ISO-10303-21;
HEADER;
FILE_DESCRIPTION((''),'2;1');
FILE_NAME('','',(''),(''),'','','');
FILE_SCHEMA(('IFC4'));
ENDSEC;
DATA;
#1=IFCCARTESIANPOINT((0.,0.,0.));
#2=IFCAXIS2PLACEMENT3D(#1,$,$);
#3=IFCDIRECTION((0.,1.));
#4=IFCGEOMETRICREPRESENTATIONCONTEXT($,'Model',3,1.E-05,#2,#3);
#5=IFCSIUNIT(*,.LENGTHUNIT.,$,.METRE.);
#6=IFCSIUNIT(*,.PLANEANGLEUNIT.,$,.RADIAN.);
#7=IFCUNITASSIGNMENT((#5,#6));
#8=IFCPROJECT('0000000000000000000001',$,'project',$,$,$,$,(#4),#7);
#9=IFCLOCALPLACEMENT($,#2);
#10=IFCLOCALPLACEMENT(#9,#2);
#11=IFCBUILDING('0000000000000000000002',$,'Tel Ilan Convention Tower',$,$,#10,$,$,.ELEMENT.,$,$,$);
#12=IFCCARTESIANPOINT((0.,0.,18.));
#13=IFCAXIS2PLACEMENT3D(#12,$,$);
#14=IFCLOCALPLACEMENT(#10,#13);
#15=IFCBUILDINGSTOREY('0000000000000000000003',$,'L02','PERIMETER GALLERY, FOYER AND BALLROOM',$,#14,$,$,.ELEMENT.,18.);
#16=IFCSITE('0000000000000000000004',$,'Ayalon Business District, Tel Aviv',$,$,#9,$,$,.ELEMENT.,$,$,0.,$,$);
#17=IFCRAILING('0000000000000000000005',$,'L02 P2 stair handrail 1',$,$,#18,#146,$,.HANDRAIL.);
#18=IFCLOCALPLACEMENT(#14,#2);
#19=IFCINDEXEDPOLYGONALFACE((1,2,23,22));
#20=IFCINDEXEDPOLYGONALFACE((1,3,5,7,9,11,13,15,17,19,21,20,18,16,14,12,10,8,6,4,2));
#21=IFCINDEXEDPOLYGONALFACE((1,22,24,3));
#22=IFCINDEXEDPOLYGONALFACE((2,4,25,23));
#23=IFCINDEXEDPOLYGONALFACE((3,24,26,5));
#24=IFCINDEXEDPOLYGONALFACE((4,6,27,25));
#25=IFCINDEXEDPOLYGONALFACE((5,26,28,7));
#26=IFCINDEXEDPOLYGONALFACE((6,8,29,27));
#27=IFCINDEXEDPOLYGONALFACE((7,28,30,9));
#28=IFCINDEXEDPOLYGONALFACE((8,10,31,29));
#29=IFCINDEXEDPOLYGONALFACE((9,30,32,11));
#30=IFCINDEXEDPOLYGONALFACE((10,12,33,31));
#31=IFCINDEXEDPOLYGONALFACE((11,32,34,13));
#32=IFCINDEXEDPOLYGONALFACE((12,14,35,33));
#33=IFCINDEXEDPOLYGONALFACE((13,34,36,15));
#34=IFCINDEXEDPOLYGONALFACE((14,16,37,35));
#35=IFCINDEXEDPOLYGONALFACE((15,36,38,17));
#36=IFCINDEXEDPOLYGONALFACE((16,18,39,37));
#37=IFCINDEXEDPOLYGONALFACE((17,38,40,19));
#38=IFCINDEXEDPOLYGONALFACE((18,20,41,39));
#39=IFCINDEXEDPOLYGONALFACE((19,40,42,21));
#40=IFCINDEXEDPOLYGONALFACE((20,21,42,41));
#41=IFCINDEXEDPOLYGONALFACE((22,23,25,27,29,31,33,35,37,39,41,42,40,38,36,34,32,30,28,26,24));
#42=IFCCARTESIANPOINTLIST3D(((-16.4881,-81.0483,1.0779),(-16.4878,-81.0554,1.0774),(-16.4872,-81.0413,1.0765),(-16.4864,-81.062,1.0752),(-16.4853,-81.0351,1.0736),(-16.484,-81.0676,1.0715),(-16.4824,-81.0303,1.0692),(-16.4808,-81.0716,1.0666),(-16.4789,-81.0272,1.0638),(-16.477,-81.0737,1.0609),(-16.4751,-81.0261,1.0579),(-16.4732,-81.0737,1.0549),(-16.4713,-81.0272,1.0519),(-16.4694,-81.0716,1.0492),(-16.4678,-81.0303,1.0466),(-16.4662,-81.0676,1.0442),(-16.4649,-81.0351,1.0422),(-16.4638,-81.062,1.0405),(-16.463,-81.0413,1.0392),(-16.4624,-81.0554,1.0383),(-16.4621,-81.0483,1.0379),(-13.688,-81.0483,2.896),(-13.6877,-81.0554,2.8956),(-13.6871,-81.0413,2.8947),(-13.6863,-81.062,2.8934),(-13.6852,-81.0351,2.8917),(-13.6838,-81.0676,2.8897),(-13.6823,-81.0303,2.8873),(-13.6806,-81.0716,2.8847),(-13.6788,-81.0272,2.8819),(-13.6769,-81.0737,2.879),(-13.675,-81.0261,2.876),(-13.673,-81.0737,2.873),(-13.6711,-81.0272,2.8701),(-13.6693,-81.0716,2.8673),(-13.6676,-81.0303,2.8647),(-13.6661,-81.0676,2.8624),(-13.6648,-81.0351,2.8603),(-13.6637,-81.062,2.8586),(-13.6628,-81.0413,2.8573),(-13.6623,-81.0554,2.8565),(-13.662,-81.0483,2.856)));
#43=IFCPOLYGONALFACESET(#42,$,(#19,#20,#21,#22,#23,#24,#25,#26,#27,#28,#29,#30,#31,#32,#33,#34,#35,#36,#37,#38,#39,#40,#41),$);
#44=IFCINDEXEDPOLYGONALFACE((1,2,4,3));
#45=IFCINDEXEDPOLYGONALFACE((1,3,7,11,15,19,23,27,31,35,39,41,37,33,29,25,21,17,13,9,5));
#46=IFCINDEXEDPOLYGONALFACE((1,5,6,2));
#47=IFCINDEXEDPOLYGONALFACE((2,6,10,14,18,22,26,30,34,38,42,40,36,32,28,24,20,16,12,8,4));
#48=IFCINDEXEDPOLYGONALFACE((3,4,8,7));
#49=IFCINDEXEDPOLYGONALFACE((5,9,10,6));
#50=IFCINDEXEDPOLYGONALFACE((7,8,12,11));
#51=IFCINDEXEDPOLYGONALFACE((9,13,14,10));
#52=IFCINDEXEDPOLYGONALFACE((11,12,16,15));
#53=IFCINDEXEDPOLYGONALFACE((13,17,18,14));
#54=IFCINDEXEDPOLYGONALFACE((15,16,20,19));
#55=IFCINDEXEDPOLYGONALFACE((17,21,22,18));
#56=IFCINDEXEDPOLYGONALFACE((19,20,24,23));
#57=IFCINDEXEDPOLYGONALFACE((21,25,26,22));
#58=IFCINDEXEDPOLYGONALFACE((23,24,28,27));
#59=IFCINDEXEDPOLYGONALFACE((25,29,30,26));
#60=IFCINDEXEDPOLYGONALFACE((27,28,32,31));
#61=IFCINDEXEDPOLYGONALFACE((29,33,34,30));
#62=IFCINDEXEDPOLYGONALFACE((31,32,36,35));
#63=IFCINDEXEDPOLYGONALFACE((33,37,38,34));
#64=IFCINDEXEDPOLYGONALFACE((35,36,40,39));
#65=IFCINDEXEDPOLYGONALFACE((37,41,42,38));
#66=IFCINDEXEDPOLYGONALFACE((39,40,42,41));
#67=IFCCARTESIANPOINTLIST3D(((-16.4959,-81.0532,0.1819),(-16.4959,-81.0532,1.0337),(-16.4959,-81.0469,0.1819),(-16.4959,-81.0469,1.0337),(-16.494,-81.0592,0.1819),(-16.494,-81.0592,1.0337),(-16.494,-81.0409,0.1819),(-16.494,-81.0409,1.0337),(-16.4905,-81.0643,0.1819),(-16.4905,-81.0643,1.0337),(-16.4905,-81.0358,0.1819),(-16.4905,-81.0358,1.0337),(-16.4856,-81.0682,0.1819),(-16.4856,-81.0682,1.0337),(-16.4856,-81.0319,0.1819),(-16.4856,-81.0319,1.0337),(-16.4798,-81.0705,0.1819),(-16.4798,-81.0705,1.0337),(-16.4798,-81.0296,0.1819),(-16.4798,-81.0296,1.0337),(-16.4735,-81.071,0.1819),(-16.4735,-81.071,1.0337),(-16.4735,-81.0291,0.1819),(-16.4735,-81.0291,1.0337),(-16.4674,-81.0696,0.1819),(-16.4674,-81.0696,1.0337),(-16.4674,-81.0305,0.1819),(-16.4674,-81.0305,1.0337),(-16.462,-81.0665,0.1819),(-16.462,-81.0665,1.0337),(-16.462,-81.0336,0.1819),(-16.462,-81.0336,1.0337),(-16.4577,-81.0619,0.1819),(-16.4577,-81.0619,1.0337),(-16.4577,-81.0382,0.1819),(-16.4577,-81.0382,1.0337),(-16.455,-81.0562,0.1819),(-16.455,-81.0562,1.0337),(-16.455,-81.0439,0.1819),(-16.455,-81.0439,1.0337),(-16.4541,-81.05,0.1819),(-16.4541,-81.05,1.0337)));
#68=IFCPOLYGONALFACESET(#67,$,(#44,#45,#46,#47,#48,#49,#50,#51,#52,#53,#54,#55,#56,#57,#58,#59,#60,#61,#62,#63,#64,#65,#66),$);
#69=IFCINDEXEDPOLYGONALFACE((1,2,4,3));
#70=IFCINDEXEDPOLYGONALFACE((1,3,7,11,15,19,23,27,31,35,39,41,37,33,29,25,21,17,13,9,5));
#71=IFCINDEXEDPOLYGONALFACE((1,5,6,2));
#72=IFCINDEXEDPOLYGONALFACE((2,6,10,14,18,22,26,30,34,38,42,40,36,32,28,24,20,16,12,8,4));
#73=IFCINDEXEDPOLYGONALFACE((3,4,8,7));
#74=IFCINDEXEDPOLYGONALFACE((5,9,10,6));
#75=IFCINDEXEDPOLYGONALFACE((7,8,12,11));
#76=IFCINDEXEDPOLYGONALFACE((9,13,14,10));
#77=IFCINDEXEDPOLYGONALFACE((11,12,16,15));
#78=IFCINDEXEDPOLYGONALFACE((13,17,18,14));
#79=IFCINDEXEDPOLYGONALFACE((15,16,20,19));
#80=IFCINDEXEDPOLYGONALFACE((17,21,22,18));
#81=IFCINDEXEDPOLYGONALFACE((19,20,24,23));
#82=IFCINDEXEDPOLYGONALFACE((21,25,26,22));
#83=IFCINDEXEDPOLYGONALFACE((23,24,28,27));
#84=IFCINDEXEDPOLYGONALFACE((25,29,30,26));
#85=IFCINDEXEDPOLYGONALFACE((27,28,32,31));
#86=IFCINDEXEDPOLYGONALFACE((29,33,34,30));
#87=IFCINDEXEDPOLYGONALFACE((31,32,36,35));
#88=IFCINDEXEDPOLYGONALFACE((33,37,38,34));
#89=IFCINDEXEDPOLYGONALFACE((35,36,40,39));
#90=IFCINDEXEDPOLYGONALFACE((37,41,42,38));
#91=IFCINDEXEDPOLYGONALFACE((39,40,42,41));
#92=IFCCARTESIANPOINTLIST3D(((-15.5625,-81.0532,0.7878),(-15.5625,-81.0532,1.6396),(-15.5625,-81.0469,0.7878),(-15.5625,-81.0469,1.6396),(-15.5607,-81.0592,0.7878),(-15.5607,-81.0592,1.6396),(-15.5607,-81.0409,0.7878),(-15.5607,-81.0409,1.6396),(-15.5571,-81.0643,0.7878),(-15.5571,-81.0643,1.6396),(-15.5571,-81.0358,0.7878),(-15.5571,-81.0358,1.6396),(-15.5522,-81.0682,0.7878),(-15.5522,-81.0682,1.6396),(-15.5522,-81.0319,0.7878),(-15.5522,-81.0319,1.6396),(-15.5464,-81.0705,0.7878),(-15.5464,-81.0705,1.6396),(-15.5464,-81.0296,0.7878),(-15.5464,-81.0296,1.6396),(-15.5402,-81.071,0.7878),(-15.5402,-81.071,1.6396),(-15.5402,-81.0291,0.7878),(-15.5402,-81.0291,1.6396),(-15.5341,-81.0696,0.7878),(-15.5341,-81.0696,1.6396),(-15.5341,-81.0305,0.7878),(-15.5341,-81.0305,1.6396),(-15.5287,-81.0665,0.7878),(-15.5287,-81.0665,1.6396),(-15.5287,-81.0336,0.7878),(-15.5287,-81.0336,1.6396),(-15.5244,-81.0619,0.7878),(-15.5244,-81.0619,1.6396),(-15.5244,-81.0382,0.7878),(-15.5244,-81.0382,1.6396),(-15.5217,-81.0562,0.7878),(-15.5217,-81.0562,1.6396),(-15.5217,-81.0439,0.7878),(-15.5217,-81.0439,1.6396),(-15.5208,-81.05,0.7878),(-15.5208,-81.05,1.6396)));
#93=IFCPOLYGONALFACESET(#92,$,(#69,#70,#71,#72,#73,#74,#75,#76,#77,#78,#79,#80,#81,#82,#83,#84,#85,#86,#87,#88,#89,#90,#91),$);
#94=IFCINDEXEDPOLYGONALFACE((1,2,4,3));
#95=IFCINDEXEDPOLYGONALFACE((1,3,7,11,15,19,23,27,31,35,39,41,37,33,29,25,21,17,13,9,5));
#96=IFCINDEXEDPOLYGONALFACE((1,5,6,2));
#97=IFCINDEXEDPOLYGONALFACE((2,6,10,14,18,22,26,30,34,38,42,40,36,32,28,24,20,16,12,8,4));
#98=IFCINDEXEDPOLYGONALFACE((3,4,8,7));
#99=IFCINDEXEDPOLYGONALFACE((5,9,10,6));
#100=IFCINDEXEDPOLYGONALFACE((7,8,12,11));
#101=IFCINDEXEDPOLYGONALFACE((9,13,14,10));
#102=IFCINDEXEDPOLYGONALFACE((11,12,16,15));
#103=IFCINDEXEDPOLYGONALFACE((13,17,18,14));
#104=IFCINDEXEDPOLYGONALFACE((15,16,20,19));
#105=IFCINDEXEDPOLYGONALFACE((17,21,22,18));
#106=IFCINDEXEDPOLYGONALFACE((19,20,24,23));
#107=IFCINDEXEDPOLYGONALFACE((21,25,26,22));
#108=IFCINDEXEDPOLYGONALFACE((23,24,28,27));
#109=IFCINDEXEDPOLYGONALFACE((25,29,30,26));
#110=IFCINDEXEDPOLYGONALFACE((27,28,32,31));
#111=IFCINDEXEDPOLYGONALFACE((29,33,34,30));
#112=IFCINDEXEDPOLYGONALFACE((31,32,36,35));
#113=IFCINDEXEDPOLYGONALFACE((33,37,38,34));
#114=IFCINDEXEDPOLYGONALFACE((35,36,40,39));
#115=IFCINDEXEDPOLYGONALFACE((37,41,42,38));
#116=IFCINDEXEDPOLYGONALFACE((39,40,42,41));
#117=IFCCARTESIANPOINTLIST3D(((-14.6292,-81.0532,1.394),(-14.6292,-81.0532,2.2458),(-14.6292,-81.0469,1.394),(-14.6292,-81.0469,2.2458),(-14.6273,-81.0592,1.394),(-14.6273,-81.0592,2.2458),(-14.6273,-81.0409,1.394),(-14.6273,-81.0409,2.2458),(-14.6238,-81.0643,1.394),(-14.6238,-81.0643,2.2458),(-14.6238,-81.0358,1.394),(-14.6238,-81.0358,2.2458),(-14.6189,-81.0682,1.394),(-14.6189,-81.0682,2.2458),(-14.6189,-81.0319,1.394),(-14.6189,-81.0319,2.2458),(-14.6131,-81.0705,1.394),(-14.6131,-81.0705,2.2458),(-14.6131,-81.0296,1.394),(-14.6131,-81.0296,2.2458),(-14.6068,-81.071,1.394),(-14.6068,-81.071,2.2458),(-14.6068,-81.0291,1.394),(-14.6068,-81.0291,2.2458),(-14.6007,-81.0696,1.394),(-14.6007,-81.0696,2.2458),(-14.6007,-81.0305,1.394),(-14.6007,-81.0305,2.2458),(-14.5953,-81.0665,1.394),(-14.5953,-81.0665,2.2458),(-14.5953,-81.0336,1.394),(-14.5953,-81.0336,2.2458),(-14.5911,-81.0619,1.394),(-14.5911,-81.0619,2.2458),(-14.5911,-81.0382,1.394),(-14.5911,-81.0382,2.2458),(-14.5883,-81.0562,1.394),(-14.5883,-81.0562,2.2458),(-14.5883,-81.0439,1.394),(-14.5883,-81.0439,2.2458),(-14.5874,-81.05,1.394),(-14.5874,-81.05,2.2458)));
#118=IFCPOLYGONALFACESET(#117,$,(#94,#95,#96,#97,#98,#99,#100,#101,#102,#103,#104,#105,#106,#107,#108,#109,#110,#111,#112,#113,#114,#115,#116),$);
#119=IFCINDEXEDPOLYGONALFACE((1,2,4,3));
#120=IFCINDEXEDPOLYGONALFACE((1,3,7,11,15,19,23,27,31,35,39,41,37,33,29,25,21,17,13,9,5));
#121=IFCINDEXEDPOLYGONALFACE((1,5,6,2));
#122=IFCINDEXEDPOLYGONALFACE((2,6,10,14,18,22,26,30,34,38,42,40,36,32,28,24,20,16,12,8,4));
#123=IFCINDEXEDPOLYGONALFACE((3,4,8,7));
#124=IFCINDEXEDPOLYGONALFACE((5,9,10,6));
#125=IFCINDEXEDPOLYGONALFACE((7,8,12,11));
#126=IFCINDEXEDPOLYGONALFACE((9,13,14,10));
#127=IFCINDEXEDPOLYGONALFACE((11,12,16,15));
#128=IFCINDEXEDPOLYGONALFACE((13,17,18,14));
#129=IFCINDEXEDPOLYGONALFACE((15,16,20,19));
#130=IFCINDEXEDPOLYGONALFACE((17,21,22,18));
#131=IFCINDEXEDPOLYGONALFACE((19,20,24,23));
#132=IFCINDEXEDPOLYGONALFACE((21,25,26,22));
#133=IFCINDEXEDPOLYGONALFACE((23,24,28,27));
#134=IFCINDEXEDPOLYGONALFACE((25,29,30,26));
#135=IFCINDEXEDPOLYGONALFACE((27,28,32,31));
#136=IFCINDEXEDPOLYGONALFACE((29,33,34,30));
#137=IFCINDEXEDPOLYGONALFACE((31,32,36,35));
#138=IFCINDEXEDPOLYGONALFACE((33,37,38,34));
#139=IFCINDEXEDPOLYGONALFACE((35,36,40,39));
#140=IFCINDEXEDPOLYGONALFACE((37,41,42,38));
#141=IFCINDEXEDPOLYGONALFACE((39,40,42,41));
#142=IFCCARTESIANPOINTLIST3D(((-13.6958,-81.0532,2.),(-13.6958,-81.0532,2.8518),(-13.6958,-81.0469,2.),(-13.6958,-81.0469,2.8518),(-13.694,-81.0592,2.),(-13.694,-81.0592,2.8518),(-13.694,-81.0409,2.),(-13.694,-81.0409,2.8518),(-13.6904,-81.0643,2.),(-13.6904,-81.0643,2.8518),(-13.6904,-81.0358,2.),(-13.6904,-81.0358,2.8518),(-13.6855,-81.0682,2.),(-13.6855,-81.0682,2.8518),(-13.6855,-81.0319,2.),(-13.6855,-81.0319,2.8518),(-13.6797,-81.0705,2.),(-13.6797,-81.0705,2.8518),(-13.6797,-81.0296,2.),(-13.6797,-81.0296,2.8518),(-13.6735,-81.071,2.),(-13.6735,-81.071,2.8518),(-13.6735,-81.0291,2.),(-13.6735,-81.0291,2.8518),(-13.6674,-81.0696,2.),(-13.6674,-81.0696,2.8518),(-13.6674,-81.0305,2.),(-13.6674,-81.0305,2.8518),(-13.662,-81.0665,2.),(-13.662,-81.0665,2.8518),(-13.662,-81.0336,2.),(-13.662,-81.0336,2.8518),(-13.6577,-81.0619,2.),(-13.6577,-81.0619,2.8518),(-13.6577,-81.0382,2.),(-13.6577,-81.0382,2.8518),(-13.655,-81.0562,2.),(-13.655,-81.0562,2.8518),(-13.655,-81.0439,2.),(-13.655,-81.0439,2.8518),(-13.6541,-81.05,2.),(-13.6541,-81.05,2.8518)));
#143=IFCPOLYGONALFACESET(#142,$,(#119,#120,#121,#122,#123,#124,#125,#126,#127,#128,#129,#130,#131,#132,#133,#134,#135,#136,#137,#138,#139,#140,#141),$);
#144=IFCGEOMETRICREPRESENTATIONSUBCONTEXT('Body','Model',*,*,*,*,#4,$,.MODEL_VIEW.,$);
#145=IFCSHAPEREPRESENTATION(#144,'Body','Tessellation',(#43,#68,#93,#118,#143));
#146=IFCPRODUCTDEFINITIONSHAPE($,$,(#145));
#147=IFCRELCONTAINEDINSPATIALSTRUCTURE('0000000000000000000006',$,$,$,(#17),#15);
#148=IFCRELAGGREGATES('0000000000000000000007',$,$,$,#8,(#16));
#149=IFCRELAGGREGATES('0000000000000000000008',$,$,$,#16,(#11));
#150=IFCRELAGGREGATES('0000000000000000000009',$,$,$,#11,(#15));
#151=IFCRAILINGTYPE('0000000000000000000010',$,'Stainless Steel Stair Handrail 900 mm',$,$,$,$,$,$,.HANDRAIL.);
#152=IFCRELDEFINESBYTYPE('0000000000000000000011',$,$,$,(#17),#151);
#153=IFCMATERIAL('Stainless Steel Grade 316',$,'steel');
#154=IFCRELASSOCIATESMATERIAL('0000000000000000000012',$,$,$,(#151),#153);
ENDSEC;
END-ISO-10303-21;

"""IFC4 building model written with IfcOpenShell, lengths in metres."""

from ifc_helpers import new_model, si_unit, direction, frame, origin, origin_2d, place, context, subcontext, project, spatial, circle, extrude, material, type_object, element, save


model = new_model("IFC4")

# Units and contexts
model_context = context("Model", 3, precision=1e-05, world=origin(), true_north=direction((0.0, 1.0)))
body_context = subcontext(model_context, "Body", "Model", "MODEL_VIEW")
ifc_project = project(units=[si_unit("LENGTHUNIT", "METRE"), si_unit("PLANEANGLEUNIT", "RADIAN")], contexts=[model_context])

# Site, building, storey
site_placement = place(None, origin())
site = spatial("IfcSite", under=ifc_project, at=site_placement, Name="Ayalon Business District, Tel Aviv", CompositionType="ELEMENT", RefElevation=0.0)
building_placement = place(site_placement, origin())
building = spatial("IfcBuilding", under=site, at=building_placement, Name="Tel Ilan Convention Tower", CompositionType="ELEMENT")
storey_placement = place(building_placement, frame((0.0, 0.0, 18.0)))
storey = spatial("IfcBuildingStorey", under=building, at=storey_placement, Name="L02", Description="PERIMETER GALLERY, FOYER AND BALLROOM", CompositionType="ELEMENT", Elevation=18.0)

# Railing
ifc_material_1 = material(Name="Stainless Steel Grade 316", Category="steel")
railing_type_1 = type_object("IfcRailingType", Name="Stainless Steel Stair Handrail 900 mm", PredefinedType="HANDRAIL", material=ifc_material_1)
for number, where, name in (
    (1, (-16.4751, -81.05, 0.1819), "L02 P2 stair handrail 1"),
):
    element("IfcRailing", number, at=place(storey_placement, frame(where)), inside=storey, type_object=railing_type_1, Name=name, PredefinedType="HANDRAIL", context=body_context, shape_type="SweptSolid", body=[
        extrude(circle(Radius=0.0239, at=origin_2d()), frame((0.0, 0.0, 0.876), z_axis=(0.838706, 0.0, 0.544585), x_axis=(0.0, 1.0, 0.0)), (0.0, 0.0, 1.0), 3.3386),
        extrude(circle(Radius=0.021, at=origin_2d()), origin(), (0.0, 0.0, 1.0), 0.8518),
        extrude(circle(Radius=0.021, at=origin_2d()), frame((0.9333, 0.0, 0.606)), (0.0, 0.0, 1.0), 0.8518),
        extrude(circle(Radius=0.021, at=origin_2d()), frame((1.8667, 0.0, 1.2122)), (0.0, 0.0, 1.0), 0.8518),
        extrude(circle(Radius=0.021, at=origin_2d()), frame((2.8, 0.0, 1.8181)), (0.0, 0.0, 1.0), 0.8518),
    ])

save(model, "model.ifc")
